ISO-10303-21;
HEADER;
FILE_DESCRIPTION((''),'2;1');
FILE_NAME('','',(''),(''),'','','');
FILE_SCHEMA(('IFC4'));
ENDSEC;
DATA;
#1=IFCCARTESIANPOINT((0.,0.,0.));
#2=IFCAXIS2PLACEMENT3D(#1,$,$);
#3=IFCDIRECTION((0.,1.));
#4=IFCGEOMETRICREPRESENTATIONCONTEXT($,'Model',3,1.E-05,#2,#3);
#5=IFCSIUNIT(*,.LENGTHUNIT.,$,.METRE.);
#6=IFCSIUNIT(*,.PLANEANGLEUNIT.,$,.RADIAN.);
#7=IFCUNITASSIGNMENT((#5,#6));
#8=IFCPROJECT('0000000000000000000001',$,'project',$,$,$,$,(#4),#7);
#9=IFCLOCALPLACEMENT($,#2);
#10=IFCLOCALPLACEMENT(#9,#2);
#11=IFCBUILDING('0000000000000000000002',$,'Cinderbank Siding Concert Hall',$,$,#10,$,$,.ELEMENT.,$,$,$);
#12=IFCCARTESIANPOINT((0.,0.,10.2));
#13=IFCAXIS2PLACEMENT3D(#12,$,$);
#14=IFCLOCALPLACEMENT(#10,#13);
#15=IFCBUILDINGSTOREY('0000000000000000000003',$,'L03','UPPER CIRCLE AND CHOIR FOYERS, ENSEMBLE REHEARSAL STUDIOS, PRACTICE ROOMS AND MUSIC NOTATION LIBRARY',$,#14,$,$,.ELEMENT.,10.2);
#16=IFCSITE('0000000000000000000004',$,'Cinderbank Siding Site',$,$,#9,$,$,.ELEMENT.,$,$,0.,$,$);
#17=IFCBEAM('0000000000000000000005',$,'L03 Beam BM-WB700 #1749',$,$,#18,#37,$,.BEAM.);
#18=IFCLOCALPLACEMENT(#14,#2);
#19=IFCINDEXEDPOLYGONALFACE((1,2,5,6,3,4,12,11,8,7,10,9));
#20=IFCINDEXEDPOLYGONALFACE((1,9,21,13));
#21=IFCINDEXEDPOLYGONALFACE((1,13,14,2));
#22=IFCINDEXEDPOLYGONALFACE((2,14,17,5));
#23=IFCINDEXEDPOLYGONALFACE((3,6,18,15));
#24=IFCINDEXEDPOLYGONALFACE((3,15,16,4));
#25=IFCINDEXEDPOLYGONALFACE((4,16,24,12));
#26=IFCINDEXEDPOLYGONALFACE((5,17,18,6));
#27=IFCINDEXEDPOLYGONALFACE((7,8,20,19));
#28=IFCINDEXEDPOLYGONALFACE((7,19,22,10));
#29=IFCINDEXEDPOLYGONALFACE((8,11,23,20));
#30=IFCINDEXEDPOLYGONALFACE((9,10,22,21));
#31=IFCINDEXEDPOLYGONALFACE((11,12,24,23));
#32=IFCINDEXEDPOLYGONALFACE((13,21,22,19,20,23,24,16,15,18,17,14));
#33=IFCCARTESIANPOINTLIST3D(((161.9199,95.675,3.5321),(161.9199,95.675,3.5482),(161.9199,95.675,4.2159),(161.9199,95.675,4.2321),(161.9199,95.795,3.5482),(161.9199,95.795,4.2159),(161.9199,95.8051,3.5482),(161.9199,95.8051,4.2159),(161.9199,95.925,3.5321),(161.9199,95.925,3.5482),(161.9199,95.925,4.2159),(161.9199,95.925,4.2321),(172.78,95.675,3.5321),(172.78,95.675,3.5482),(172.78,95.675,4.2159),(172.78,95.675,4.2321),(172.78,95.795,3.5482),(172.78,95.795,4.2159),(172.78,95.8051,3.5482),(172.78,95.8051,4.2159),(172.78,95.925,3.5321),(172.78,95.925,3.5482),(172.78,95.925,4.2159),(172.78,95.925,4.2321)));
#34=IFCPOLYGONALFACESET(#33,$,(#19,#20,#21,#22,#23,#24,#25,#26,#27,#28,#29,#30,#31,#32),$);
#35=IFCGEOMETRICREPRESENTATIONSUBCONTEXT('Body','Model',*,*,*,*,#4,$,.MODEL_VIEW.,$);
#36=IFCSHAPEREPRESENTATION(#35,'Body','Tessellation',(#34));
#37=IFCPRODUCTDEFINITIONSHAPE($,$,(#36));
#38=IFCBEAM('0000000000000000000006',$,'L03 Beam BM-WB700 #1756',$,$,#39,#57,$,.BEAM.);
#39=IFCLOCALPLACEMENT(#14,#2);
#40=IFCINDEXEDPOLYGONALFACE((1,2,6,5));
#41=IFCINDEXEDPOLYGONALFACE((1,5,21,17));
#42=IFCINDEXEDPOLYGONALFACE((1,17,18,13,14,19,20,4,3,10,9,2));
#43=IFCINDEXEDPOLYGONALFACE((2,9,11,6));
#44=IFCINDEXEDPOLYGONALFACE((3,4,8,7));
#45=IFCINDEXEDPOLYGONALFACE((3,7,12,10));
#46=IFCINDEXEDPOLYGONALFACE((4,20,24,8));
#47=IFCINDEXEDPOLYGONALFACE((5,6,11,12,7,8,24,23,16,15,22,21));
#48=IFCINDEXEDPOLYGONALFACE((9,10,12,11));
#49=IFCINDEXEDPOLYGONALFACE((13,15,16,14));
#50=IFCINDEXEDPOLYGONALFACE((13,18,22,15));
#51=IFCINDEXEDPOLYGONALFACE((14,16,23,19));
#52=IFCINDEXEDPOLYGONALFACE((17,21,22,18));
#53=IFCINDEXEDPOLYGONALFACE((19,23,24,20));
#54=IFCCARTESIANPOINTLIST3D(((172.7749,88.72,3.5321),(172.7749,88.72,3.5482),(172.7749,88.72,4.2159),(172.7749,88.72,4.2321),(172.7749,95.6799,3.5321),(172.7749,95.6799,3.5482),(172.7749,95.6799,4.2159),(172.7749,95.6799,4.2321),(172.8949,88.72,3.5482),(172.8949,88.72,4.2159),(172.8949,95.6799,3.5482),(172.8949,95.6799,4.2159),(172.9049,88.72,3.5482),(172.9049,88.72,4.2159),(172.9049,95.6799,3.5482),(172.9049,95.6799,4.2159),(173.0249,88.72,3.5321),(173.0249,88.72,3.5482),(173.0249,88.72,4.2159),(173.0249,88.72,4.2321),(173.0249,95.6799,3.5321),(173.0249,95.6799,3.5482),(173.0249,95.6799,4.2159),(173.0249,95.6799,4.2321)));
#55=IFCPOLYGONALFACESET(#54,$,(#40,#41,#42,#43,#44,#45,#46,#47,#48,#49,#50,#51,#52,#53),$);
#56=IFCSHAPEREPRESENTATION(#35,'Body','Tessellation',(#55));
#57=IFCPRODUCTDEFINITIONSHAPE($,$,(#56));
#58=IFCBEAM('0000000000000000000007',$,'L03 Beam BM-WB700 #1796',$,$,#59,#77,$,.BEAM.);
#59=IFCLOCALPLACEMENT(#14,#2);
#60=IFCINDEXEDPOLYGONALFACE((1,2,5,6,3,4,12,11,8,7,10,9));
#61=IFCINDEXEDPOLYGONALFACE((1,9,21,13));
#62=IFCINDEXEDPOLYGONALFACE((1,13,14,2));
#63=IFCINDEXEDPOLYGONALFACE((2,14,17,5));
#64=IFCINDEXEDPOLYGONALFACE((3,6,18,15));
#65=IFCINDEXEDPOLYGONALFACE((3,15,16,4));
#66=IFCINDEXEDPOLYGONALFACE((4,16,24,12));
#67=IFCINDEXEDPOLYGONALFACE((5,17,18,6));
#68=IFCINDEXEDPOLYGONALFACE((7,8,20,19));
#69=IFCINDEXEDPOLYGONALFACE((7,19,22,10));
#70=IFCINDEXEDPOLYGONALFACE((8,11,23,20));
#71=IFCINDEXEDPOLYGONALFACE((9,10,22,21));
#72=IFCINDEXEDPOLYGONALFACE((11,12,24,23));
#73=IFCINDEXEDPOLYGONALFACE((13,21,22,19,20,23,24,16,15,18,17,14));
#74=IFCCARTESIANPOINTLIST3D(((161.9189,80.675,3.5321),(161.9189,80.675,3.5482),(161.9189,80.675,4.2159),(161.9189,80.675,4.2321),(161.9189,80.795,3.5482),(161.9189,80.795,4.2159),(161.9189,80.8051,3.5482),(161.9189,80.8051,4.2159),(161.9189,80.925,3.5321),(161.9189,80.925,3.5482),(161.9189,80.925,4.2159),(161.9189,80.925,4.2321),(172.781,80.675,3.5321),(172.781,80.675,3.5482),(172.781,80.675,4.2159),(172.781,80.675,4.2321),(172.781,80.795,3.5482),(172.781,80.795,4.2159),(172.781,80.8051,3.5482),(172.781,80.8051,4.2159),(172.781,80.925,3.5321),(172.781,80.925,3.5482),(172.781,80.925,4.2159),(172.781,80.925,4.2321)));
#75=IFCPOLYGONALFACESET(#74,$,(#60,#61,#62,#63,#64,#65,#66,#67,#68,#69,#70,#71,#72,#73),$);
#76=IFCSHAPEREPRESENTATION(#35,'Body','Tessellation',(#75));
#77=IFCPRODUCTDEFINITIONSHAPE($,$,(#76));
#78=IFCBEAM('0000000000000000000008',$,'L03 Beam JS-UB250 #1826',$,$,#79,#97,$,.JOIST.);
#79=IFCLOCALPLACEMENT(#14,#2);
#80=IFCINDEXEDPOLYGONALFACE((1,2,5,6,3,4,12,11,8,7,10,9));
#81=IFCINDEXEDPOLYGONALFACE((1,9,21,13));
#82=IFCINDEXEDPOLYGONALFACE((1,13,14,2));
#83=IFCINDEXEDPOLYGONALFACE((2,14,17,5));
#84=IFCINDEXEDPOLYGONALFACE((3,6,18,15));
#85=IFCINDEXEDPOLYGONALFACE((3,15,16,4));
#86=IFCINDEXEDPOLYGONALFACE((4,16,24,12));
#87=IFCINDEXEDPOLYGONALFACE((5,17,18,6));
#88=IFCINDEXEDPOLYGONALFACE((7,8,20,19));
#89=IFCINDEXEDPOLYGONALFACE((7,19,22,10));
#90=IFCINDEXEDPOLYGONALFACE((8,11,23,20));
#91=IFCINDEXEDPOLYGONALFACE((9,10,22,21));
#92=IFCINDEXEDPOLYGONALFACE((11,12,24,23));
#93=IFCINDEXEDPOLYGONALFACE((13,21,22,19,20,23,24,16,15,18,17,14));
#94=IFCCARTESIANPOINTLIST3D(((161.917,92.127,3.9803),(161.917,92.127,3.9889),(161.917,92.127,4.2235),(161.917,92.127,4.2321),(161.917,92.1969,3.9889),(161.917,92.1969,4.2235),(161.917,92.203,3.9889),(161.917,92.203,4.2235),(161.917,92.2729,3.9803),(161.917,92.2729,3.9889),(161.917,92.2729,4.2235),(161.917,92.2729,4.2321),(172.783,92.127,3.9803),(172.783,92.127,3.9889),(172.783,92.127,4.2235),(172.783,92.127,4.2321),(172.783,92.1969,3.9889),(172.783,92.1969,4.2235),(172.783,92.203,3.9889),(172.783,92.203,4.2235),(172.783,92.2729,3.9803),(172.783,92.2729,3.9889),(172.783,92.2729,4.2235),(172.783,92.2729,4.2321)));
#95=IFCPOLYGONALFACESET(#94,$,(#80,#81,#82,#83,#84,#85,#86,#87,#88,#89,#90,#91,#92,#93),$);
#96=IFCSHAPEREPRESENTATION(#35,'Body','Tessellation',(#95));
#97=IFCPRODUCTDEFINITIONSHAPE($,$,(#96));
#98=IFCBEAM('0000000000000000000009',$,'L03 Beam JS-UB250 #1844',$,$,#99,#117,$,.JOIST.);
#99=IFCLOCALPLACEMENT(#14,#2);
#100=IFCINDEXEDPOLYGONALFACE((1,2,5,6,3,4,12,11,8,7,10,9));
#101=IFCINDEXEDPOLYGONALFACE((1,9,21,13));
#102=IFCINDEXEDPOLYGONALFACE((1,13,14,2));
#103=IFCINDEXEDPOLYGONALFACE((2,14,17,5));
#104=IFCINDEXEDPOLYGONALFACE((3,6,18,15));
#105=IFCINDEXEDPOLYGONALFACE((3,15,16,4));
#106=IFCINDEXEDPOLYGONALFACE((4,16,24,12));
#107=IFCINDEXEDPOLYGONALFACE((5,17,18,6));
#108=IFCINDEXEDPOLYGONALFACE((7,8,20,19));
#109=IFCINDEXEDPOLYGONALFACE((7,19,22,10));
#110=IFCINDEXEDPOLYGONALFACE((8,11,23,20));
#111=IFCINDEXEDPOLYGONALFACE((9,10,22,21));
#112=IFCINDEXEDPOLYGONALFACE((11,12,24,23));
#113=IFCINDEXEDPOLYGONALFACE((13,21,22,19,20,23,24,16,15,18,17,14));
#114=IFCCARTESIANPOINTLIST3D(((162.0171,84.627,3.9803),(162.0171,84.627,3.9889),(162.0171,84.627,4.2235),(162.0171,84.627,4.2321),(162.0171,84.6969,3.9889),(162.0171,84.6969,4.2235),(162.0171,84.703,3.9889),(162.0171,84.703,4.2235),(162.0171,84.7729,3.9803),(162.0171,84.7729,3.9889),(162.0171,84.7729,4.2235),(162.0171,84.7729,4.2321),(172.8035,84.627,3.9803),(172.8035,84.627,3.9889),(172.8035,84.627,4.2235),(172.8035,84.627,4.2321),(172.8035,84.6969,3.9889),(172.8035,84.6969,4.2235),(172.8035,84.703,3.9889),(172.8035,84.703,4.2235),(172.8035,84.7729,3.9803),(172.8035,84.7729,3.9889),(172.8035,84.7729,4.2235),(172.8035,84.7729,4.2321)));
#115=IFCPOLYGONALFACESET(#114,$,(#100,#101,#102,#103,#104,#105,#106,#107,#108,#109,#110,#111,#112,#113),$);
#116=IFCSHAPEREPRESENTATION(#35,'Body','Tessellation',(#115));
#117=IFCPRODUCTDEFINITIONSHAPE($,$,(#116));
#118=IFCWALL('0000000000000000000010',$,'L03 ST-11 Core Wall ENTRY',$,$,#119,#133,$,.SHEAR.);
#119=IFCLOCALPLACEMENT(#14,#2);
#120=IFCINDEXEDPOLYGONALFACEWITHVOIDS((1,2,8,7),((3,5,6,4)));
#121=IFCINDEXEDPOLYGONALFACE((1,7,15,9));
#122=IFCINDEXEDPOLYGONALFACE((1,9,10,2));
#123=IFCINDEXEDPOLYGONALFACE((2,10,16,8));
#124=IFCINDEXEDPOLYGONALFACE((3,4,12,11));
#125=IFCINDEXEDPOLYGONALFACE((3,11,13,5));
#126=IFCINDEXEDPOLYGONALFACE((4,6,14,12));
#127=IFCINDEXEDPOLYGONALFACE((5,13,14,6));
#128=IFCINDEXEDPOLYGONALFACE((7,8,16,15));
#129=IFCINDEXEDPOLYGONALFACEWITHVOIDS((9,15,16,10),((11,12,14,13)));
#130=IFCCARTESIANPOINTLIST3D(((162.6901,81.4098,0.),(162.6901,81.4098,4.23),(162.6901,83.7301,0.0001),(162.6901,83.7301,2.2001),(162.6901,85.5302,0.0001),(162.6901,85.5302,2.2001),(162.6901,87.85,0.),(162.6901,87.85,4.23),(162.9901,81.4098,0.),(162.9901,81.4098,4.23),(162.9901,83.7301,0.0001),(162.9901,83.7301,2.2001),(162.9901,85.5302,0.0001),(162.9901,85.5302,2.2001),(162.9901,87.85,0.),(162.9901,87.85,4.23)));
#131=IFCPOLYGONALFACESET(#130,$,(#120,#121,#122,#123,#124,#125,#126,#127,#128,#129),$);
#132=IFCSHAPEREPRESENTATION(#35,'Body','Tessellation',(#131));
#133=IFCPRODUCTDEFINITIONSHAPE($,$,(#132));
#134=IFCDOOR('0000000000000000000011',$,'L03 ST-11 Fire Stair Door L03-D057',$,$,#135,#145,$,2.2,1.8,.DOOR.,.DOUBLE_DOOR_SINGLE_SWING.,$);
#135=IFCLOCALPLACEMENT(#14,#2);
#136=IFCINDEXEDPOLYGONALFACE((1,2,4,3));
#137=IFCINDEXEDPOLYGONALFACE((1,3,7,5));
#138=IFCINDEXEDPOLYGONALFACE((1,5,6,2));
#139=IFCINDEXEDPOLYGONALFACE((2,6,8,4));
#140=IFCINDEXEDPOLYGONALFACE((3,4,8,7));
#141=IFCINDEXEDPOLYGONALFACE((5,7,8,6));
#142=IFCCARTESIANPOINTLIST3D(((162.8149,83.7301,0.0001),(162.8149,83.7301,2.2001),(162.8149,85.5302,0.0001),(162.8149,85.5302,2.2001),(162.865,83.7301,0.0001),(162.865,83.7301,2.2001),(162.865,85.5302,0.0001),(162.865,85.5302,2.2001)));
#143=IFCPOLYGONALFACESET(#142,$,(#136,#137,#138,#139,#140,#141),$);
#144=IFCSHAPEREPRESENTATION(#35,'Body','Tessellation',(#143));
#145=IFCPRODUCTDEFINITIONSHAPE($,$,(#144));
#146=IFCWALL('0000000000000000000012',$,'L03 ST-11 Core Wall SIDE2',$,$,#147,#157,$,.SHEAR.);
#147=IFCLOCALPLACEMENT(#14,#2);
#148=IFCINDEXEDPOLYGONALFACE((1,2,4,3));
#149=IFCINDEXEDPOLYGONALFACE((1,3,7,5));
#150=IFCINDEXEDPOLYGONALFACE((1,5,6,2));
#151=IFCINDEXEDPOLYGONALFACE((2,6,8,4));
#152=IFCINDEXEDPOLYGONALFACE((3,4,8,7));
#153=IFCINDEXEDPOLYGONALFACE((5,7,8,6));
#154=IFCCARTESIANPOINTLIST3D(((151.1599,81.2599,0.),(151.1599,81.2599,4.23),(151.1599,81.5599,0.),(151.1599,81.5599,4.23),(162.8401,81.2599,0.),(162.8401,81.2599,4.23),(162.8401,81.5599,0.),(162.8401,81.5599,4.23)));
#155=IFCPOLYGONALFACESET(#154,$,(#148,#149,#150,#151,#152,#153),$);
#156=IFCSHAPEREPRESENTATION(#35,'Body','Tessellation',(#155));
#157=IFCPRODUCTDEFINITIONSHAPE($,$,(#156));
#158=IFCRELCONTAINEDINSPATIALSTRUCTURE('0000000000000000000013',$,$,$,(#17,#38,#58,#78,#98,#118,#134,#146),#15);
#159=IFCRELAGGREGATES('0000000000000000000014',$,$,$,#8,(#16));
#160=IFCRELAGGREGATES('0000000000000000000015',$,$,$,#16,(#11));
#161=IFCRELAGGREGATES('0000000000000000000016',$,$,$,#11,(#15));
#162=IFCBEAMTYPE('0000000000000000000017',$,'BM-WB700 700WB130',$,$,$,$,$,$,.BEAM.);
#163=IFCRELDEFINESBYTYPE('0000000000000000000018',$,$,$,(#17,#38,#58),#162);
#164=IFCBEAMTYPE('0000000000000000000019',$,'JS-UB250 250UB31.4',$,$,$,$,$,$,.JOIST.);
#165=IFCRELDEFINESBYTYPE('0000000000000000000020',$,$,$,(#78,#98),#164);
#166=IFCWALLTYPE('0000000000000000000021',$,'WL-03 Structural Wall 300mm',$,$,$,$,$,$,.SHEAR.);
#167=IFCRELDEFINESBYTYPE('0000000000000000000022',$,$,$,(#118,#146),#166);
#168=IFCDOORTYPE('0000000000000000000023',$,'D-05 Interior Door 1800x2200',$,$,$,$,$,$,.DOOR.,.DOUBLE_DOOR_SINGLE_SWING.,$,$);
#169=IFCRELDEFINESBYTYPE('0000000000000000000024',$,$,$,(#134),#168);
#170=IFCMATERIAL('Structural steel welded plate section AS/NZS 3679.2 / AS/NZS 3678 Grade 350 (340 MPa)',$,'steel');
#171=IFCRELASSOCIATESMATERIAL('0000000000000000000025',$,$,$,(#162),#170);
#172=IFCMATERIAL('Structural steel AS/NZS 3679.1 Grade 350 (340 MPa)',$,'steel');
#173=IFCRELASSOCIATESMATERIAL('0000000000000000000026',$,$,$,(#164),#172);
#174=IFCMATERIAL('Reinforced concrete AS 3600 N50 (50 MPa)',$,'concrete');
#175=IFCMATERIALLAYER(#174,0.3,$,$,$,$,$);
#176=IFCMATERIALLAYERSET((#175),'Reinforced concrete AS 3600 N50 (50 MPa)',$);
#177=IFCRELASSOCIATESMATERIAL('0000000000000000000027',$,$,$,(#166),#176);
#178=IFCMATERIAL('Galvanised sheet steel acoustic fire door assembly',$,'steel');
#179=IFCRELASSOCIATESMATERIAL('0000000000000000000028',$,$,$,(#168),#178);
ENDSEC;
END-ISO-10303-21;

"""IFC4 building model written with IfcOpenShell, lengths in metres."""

from ifc_helpers import new_model, si_unit, direction, frame, frame_2d, origin, origin_2d, place, context, subcontext, project, spatial, rectangle, i_section, extrude, material, layer, layer_set, material_profile, profile_set, type_object, element, fill, save


model = new_model("IFC4")

# Units and contexts
model_context = context("Model", 3, precision=1e-05, world=origin(), true_north=direction((0.0, 1.0)))
body_context = subcontext(model_context, "Body", "Model", "MODEL_VIEW")
ifc_project = project(units=[si_unit("LENGTHUNIT", "METRE"), si_unit("PLANEANGLEUNIT", "RADIAN")], contexts=[model_context])

# Site, building, storey
site_placement = place(None, origin())
site = spatial("IfcSite", under=ifc_project, at=site_placement, Name="Cinderbank Siding Site", CompositionType="ELEMENT", RefElevation=0.0)
building_placement = place(site_placement, origin())
building = spatial("IfcBuilding", under=site, at=building_placement, Name="Cinderbank Siding Concert Hall", CompositionType="ELEMENT")
storey_placement = place(building_placement, frame((0.0, 0.0, 10.2)))
storey = spatial("IfcBuildingStorey", under=building, at=storey_placement, Name="L03", Description="UPPER CIRCLE AND CHOIR FOYERS, ENSEMBLE REHEARSAL STUDIOS, PRACTICE ROOMS AND MUSIC NOTATION LIBRARY", CompositionType="ELEMENT", Elevation=10.2)

# Shared definitions
ifc_material_1 = material(Name="Structural steel AS/NZS 3679.1 Grade 350 (340 MPa)", Category="steel")

# Beams
ifc_material_2 = material(Name="Structural steel welded plate section AS/NZS 3679.2 / AS/NZS 3678 Grade 350 (340 MPa)", Category="steel")
ifc_material_profile_1 = material_profile(ifc_material_2, i_section(OverallWidth=0.25, OverallDepth=0.7, WebThickness=0.01, FlangeThickness=0.0161, at=origin_2d()), Name="700WB130", Category="LoadBearing")
ifc_profile_set_1 = profile_set([ifc_material_profile_1], Name="Structural steel welded plate section AS/NZS 3679.2 / AS/NZS 3678 Grade 350 (340 MPa)")
beam_type_1 = type_object("IfcBeamType", Name="BM-WB700 700WB130", PredefinedType="BEAM", material=ifc_profile_set_1)
for number, where, z_axis, x_axis, name in (
    (1, (161.9199, 95.8, 3.8821), (1.0, 0.0, 0.0), (0.0, 1.0, 0.0), "L03 Beam BM-WB700 #1749"),
):
    element("IfcBeam", number, at=place(storey_placement, frame(where, z_axis=z_axis, x_axis=x_axis)), inside=storey, type_object=beam_type_1, Name=name, PredefinedType="BEAM", context=body_context, shape_type="SweptSolid", body=[
        extrude(i_section(OverallWidth=0.25, OverallDepth=0.7, WebThickness=0.01, FlangeThickness=0.0161, at=origin_2d()), origin(), (0.0, 0.0, 1.0), 10.8601),
    ])
beam_1_placement = place(storey_placement, frame((172.8999, 88.72, 3.8821), z_axis=(0.0, 1.0, 0.0), x_axis=(-1.0, 0.0, 0.0)))
element("IfcBeam", 2, at=beam_1_placement, inside=storey, type_object=beam_type_1, Name="L03 Beam BM-WB700 #1756", PredefinedType="BEAM", context=body_context, shape_type="SweptSolid", body=[
    extrude(i_section(OverallWidth=0.25, OverallDepth=0.7, WebThickness=0.01, FlangeThickness=0.0161, at=origin_2d()), origin(), (0.0, 0.0, 1.0), 6.96),
])
beam_2_placement = place(storey_placement, frame((161.9189, 80.8, 3.8821), z_axis=(1.0, 0.0, 0.0), x_axis=(0.0, 1.0, 0.0)))
element("IfcBeam", 3, at=beam_2_placement, inside=storey, type_object=beam_type_1, Name="L03 Beam BM-WB700 #1796", PredefinedType="BEAM", context=body_context, shape_type="SweptSolid", body=[
    extrude(i_section(OverallWidth=0.25, OverallDepth=0.7, WebThickness=0.01, FlangeThickness=0.0161, at=origin_2d()), origin(), (0.0, 0.0, 1.0), 10.8621),
])
ifc_material_profile_2 = material_profile(ifc_material_1, i_section(OverallWidth=0.146, OverallDepth=0.2517, WebThickness=0.0061, FlangeThickness=0.0085, at=origin_2d()), Name="250UB31.4", Category="LoadBearing")
ifc_profile_set_2 = profile_set([ifc_material_profile_2], Name="Structural steel AS/NZS 3679.1 Grade 350 (340 MPa)")
beam_type_2 = type_object("IfcBeamType", Name="JS-UB250 250UB31.4", PredefinedType="JOIST", material=ifc_profile_set_2)
beam_3_placement = place(storey_placement, frame((161.917, 92.2, 4.1062), z_axis=(1.0, 0.0, 0.0), x_axis=(0.0, 1.0, 0.0)))
element("IfcBeam", 4, at=beam_3_placement, inside=storey, type_object=beam_type_2, Name="L03 Beam JS-UB250 #1826", PredefinedType="JOIST", context=body_context, shape_type="SweptSolid", body=[
    extrude(i_section(OverallWidth=0.146, OverallDepth=0.2517, WebThickness=0.0061, FlangeThickness=0.0085, at=origin_2d()), origin(), (0.0, 0.0, 1.0), 10.866),
])
beam_4_placement = place(storey_placement, frame((162.0171, 84.7, 4.1062), z_axis=(1.0, 0.0, 0.0), x_axis=(0.0, 1.0, 0.0)))
element("IfcBeam", 5, at=beam_4_placement, inside=storey, type_object=beam_type_2, Name="L03 Beam JS-UB250 #1844", PredefinedType="JOIST", context=body_context, shape_type="SweptSolid", body=[
    extrude(i_section(OverallWidth=0.146, OverallDepth=0.2517, WebThickness=0.0061, FlangeThickness=0.0085, at=origin_2d()), origin(), (0.0, 0.0, 1.0), 10.7864),
])

# Wall, opening, door
ifc_material_3 = material(Name="Reinforced concrete AS 3600 N50 (50 MPa)", Category="concrete")
ifc_layer_1 = layer(ifc_material_3, 0.3)
ifc_layer_set_1 = layer_set([ifc_layer_1], Name="Reinforced concrete AS 3600 N50 (50 MPa)")
wall_type_1 = type_object("IfcWallType", Name="WL-03 Structural Wall 300mm", PredefinedType="SHEAR", material=ifc_layer_set_1)
wall_1_placement = place(storey_placement, frame((162.8401, 87.8501, 0.0), z_axis=(0.0, 0.0, 1.0), x_axis=(0.0, -1.0, 0.0)))
wall_1 = element("IfcWall", 6, at=wall_1_placement, inside=storey, type_object=wall_type_1, Name="L03 ST-11 Core Wall ENTRY", PredefinedType="SHEAR", context=body_context, shape_type="SweptSolid", body=[
    extrude(rectangle(XDim=6.4402, YDim=0.3, at=frame_2d((3.2202, 0.0))), origin(), (0.0, 0.0, 1.0), 4.23),
])
opening_1_placement = place(wall_1_placement, frame((2.3201, 0.0, 0.0)))
opening_1 = element("IfcOpeningElement", 7, at=opening_1_placement, cuts=wall_1, PredefinedType="OPENING", context=body_context, shape_type="SweptSolid", body=[
    extrude(rectangle(XDim=1.8, YDim=2.2, at=frame_2d((0.8999, 1.1001))), frame((0.0, 0.1621, 0.0), z_axis=(0.0, -1.0, 0.0), x_axis=(1.0, 0.0, 0.0)), (0.0, 0.0, 1.0), 0.324),
])
ifc_material_4 = material(Name="Galvanised sheet steel acoustic fire door assembly", Category="steel")
door_type = type_object("IfcDoorType", Name="D-05 Interior Door 1800x2200", OperationType="DOUBLE_DOOR_SINGLE_SWING", PredefinedType="DOOR", material=ifc_material_4)
door_placement = place(opening_1_placement, origin())
door = element("IfcDoor", 8, at=door_placement, inside=storey, type_object=door_type, Name="L03 ST-11 Fire Stair Door L03-D057", OperationType="DOUBLE_DOOR_SINGLE_SWING", OverallHeight=2.2, OverallWidth=1.8, PredefinedType="DOOR", context=body_context, shape_type="SweptSolid", body=[
    extrude(rectangle(XDim=1.8, YDim=2.2, at=frame_2d((0.8999, 1.1001))), frame((0.0, 0.0249, 0.0), z_axis=(0.0, -1.0, 0.0), x_axis=(1.0, 0.0, 0.0)), (0.0, 0.0, 1.0), 0.05),
])
fill(opening_1, door)

# Wall
wall_2_placement = place(storey_placement, frame((162.8401, 81.4099, 0.0), z_axis=(0.0, 0.0, 1.0), x_axis=(-1.0, 0.0, 0.0)))
element("IfcWall", 9, at=wall_2_placement, inside=storey, type_object=wall_type_1, Name="L03 ST-11 Core Wall SIDE2", PredefinedType="SHEAR", context=body_context, shape_type="SweptSolid", body=[
    extrude(rectangle(XDim=11.6802, YDim=0.3, at=frame_2d((5.8401, 0.0))), origin(), (0.0, 0.0, 1.0), 4.23),
])

save(model, "model.ifc")
